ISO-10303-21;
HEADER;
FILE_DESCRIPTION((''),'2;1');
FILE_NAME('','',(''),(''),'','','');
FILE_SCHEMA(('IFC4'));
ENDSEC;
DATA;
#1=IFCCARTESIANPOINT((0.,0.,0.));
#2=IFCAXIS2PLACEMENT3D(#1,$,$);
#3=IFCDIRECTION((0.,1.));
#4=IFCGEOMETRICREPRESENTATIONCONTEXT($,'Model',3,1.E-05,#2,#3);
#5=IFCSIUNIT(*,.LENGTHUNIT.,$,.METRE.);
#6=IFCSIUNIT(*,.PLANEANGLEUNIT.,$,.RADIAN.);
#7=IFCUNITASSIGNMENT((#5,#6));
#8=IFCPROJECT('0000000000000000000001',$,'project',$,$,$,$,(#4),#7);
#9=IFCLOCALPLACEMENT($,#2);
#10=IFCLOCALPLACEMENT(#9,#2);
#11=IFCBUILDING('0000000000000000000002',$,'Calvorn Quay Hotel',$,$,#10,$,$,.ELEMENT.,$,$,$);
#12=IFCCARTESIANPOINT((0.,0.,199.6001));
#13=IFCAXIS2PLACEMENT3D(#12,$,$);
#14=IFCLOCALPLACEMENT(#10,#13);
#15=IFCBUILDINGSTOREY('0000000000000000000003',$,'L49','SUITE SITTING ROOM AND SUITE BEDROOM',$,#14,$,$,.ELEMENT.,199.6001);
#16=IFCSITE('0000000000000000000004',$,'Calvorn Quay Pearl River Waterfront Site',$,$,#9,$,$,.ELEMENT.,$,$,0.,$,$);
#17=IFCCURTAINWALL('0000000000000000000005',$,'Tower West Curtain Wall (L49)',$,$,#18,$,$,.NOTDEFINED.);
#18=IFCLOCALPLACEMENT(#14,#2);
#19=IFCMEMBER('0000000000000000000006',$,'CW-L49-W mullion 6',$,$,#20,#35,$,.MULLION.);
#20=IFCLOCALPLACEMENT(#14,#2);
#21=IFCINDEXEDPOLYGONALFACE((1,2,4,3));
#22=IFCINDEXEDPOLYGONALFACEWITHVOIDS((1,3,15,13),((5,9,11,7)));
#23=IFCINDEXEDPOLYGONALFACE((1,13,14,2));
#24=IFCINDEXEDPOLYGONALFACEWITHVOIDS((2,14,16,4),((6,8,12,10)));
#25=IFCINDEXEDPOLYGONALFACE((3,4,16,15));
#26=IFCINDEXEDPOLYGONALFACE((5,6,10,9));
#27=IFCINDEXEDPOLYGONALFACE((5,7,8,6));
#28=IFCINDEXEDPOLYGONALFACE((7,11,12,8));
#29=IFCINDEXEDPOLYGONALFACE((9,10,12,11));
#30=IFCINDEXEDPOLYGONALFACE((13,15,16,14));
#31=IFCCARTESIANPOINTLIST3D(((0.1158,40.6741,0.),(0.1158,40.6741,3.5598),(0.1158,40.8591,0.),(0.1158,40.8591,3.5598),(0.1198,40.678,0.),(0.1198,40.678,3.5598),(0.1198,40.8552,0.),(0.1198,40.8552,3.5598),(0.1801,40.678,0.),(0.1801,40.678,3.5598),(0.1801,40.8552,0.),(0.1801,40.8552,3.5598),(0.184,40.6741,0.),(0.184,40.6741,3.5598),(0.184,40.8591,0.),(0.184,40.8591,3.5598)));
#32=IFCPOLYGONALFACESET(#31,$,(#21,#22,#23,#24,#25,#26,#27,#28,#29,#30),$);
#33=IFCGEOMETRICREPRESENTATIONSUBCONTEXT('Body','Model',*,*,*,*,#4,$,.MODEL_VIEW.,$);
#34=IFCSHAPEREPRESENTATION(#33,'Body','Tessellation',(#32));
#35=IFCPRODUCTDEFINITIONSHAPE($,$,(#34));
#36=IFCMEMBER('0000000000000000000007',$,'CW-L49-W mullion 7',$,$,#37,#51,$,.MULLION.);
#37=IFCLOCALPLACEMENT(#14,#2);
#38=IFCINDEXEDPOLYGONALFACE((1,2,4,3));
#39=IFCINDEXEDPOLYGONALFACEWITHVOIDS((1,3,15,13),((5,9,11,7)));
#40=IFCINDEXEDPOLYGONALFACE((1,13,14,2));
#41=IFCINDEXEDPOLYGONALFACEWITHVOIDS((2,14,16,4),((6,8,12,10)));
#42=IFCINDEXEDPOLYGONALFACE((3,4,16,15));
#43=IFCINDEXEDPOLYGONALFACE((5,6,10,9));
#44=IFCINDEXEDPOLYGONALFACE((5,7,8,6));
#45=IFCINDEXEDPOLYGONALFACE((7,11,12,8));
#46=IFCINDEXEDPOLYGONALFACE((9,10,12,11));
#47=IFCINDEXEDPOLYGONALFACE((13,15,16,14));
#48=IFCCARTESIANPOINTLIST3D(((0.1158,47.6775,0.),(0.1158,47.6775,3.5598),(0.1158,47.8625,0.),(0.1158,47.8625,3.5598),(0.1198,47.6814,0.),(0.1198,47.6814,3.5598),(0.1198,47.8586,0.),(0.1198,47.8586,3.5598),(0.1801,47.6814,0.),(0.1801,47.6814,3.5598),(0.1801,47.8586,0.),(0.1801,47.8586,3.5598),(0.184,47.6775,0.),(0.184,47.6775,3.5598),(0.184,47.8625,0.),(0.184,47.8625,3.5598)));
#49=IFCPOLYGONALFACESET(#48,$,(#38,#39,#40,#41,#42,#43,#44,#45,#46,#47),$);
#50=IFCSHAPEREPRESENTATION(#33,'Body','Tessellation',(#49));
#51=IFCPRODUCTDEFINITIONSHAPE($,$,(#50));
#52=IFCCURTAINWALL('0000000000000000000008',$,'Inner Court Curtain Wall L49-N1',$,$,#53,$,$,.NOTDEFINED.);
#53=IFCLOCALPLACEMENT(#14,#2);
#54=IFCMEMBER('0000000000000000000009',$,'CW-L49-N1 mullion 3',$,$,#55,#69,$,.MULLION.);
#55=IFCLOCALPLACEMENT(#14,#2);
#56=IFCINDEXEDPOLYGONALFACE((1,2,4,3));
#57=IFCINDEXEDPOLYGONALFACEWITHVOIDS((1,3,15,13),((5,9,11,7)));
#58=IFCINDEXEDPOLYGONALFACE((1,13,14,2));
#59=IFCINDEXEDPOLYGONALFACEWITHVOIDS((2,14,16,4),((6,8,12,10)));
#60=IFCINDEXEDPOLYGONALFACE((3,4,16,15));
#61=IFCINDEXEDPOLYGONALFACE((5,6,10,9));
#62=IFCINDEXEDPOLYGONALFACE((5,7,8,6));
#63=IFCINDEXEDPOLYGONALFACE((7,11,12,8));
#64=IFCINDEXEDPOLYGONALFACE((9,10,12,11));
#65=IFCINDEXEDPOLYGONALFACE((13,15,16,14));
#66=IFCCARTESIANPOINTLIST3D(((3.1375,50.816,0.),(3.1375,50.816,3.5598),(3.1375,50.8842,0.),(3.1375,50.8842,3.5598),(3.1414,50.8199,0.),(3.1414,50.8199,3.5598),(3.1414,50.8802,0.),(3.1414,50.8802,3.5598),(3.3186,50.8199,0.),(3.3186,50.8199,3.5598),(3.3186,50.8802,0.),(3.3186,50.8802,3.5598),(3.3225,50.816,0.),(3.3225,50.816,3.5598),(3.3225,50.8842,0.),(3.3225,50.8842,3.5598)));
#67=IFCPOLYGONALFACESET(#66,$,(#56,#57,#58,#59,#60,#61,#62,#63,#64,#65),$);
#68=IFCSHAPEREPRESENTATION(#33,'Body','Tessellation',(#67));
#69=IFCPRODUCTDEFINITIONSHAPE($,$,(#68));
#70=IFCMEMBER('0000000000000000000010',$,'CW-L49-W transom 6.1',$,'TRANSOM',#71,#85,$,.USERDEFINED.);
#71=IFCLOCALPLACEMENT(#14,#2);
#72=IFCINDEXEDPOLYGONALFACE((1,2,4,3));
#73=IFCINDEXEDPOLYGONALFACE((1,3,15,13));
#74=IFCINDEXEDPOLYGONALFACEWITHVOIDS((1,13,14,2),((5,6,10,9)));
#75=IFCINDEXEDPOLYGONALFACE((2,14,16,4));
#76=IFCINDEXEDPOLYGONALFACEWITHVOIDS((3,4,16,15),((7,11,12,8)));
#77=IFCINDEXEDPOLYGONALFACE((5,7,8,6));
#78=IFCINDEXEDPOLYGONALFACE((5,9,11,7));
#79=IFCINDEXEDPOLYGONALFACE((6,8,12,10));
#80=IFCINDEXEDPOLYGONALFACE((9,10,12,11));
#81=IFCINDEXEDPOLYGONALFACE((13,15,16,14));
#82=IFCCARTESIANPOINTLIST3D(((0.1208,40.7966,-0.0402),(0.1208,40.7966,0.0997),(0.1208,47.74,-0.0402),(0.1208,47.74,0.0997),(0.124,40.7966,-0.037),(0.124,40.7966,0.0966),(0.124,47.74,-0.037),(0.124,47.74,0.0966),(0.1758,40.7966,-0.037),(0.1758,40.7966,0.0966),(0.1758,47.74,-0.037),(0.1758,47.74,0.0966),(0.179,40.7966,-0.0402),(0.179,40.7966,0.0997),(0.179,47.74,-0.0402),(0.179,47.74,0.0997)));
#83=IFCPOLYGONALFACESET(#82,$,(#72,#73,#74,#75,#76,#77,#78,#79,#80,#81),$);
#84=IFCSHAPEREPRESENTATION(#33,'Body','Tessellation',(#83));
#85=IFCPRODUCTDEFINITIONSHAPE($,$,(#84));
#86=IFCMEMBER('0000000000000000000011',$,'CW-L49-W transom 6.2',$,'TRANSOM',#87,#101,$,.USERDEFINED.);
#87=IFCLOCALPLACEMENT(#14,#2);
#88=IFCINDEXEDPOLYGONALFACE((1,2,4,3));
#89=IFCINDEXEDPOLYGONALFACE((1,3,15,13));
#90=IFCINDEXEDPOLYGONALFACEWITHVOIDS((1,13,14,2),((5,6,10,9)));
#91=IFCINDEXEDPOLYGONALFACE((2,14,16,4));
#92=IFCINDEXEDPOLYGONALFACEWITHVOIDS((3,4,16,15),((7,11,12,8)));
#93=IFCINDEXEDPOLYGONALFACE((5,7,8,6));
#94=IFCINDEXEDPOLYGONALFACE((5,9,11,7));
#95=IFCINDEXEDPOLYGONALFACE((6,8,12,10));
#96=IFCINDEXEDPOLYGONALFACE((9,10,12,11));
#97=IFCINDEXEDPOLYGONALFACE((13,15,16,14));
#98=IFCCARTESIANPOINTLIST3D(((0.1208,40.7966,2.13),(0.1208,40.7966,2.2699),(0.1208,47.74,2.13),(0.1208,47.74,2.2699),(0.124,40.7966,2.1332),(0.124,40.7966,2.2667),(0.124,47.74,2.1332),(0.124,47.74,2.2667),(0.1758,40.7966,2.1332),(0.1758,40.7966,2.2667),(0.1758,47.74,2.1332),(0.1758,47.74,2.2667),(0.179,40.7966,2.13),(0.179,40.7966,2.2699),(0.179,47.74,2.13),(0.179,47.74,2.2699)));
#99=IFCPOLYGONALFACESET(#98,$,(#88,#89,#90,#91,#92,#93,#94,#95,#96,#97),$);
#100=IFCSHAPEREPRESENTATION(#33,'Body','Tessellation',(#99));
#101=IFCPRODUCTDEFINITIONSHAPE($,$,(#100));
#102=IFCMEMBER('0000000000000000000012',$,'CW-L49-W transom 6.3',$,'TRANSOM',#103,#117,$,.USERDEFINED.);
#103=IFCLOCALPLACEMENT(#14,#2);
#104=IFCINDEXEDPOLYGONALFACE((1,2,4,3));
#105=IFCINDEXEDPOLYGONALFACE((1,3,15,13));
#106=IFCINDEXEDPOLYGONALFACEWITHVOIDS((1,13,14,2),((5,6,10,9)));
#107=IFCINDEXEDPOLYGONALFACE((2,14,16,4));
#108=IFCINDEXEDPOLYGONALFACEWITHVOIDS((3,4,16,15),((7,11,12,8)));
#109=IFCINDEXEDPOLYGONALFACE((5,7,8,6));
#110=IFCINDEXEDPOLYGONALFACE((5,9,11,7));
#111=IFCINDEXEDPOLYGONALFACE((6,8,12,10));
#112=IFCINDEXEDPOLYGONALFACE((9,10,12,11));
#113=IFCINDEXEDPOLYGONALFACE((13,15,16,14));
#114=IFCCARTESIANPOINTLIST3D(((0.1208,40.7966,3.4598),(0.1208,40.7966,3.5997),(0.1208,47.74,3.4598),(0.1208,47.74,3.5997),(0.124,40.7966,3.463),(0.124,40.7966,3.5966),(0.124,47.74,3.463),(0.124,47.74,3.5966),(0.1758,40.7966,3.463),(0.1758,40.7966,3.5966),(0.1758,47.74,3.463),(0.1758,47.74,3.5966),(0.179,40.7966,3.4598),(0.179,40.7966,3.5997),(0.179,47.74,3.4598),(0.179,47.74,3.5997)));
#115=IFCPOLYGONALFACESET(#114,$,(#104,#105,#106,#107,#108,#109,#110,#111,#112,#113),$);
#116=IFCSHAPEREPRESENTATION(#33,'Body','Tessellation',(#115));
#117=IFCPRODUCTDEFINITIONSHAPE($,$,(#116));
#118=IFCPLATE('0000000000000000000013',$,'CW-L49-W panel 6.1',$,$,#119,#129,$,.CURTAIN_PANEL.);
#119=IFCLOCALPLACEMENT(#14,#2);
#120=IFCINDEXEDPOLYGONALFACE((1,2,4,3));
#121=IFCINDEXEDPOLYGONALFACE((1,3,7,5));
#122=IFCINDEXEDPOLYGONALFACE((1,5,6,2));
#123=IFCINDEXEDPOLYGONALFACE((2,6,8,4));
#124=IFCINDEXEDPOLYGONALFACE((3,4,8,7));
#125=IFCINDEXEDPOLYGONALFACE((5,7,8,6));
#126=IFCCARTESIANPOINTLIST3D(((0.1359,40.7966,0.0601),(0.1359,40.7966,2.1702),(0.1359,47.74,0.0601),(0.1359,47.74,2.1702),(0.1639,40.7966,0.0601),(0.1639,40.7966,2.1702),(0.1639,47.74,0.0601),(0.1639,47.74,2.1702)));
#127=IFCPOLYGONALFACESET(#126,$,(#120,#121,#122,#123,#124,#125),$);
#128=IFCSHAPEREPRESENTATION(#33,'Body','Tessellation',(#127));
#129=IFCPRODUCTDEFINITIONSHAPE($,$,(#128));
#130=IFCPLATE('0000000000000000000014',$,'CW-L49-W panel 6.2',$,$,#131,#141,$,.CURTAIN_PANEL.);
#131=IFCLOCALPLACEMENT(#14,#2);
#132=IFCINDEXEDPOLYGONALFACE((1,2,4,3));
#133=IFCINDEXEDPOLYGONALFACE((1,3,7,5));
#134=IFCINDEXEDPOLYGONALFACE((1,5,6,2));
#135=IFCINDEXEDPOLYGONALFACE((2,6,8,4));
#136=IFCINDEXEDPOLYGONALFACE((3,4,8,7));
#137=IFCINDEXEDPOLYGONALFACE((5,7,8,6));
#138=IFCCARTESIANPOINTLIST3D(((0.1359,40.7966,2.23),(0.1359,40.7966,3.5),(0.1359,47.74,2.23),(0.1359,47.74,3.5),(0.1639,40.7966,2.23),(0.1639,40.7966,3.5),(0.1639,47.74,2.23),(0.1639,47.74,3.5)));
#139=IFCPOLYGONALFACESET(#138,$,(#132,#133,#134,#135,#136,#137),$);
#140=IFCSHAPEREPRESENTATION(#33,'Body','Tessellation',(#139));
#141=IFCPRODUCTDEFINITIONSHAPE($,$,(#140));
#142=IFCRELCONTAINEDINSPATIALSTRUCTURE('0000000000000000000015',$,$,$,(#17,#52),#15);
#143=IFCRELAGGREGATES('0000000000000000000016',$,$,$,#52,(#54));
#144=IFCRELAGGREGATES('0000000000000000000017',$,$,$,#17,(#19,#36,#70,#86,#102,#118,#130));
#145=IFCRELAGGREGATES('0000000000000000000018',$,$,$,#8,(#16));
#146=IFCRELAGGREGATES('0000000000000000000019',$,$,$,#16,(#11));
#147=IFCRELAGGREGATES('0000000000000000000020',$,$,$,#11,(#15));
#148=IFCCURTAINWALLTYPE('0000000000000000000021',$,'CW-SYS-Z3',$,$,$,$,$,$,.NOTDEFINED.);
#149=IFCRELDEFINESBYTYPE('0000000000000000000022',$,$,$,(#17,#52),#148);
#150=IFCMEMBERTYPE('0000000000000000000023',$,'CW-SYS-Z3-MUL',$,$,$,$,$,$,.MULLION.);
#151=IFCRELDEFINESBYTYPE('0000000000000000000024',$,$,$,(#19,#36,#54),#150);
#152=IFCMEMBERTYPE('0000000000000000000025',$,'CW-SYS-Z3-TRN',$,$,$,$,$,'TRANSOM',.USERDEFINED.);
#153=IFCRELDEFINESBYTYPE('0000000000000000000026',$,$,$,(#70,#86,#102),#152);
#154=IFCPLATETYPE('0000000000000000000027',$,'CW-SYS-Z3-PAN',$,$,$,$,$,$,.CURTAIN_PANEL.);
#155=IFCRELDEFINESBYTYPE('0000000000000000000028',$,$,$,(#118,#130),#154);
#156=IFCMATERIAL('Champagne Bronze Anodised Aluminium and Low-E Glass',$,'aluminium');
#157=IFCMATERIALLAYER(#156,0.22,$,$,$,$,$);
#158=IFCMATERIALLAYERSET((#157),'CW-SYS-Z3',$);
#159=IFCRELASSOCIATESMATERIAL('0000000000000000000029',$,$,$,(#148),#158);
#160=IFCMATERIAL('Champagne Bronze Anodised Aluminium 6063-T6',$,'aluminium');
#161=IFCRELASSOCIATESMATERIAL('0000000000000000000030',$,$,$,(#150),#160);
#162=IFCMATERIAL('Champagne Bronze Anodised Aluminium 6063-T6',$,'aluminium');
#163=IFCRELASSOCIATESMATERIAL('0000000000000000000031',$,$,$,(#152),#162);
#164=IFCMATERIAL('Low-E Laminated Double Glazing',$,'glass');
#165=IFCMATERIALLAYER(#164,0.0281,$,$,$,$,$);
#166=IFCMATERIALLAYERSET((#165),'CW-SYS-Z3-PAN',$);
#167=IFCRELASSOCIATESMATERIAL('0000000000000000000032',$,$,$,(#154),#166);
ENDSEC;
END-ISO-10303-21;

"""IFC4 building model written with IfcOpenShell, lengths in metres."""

from ifc_helpers import new_model, si_unit, direction, frame, origin, origin_2d, place, context, subcontext, project, spatial, rectangle, hollow_rectangle, extrude, material, layer, layer_set, material_profile, profile_set, type_object, element, aggregate, save


model = new_model("IFC4")

# Units and contexts
model_context = context("Model", 3, precision=1e-05, world=origin(), true_north=direction((0.0, 1.0)))
body_context = subcontext(model_context, "Body", "Model", "MODEL_VIEW")
ifc_project = project(units=[si_unit("LENGTHUNIT", "METRE"), si_unit("PLANEANGLEUNIT", "RADIAN")], contexts=[model_context])

# Site, building, storey
site_placement = place(None, origin())
site = spatial("IfcSite", under=ifc_project, at=site_placement, Name="Calvorn Quay Pearl River Waterfront Site", CompositionType="ELEMENT", RefElevation=0.0)
building_placement = place(site_placement, origin())
building = spatial("IfcBuilding", under=site, at=building_placement, Name="Calvorn Quay Hotel", CompositionType="ELEMENT")
storey_placement = place(building_placement, frame((0.0, 0.0, 199.6001)))
storey = spatial("IfcBuildingStorey", under=building, at=storey_placement, Name="L49", Description="SUITE SITTING ROOM AND SUITE BEDROOM", CompositionType="ELEMENT", Elevation=199.6001)

# Curtain wall, members
ifc_material_1 = material(Name="Champagne Bronze Anodised Aluminium and Low-E Glass", Category="aluminium")
ifc_layer_1 = layer(ifc_material_1, 0.22)
ifc_layer_set_1 = layer_set([ifc_layer_1], Name="CW-SYS-Z3")
curtain_wall_type = type_object("IfcCurtainWallType", Name="CW-SYS-Z3", PredefinedType="NOTDEFINED", material=ifc_layer_set_1)
curtain_wall_1_placement = place(storey_placement, origin())
curtain_wall_1 = element("IfcCurtainWall", 1, at=curtain_wall_1_placement, inside=storey, type_object=curtain_wall_type, Name="Tower West Curtain Wall (L49)", PredefinedType="NOTDEFINED")
ifc_material_2 = material(Name="Champagne Bronze Anodised Aluminium 6063-T6", Category="aluminium")
ifc_material_profile_1 = material_profile(ifc_material_2, hollow_rectangle(XDim=0.0681, YDim=0.1851, WallThickness=0.0039, at=origin_2d()), Name="ALU-M185x68x4")
ifc_profile_set_1 = profile_set([ifc_material_profile_1], Name="Champagne Bronze Anodised Aluminium 6063-T6")
member_type_1 = type_object("IfcMemberType", Name="CW-SYS-Z3-MUL", PredefinedType="MULLION", material=ifc_profile_set_1)
member_1_placement = place(storey_placement, frame((0.1499, 40.7666, 0.0), z_axis=(0.0, 0.0, 1.0), x_axis=(-1.0, 0.0, 0.0)))
member_1 = element("IfcMember", 2, at=member_1_placement, type_object=member_type_1, Name="CW-L49-W mullion 6", PredefinedType="MULLION", context=body_context, shape_type="SweptSolid", body=[
    extrude(hollow_rectangle(XDim=0.0681, YDim=0.1851, WallThickness=0.0039, at=origin_2d()), origin(), (0.0, 0.0, 1.0), 3.5598),
])
member_2_placement = place(storey_placement, frame((0.1499, 47.77, 0.0), z_axis=(0.0, 0.0, 1.0), x_axis=(-1.0, 0.0, 0.0)))
member_2 = element("IfcMember", 3, at=member_2_placement, type_object=member_type_1, Name="CW-L49-W mullion 7", PredefinedType="MULLION", context=body_context, shape_type="SweptSolid", body=[
    extrude(hollow_rectangle(XDim=0.0681, YDim=0.1851, WallThickness=0.0039, at=origin_2d()), origin(), (0.0, 0.0, 1.0), 3.5598),
])

# Curtain wall, member
curtain_wall_2_placement = place(storey_placement, origin())
curtain_wall_2 = element("IfcCurtainWall", 4, at=curtain_wall_2_placement, inside=storey, type_object=curtain_wall_type, Name="Inner Court Curtain Wall L49-N1", PredefinedType="NOTDEFINED")
member_3_placement = place(storey_placement, frame((3.23, 50.8501, 0.0), z_axis=(0.0, 0.0, 1.0), x_axis=(0.0, -1.0, 0.0)))
member_3 = element("IfcMember", 5, at=member_3_placement, type_object=member_type_1, Name="CW-L49-N1 mullion 3", PredefinedType="MULLION", context=body_context, shape_type="SweptSolid", body=[
    extrude(hollow_rectangle(XDim=0.0681, YDim=0.1851, WallThickness=0.0039, at=origin_2d()), origin(), (0.0, 0.0, 1.0), 3.5598),
])
aggregate(curtain_wall_2, [member_3])

# Members
ifc_material_3 = material(Name="Champagne Bronze Anodised Aluminium 6063-T6", Category="aluminium")
ifc_material_profile_2 = material_profile(ifc_material_3, hollow_rectangle(XDim=0.0581, YDim=0.1399, WallThickness=0.0032, at=origin_2d()), Name="ALU-T140x58x3.2")
ifc_profile_set_2 = profile_set([ifc_material_profile_2], Name="Champagne Bronze Anodised Aluminium 6063-T6")
member_type_2 = type_object("IfcMemberType", Name="CW-SYS-Z3-TRN", ElementType="TRANSOM", PredefinedType="USERDEFINED", material=ifc_profile_set_2)
member_4_placement = place(storey_placement, frame((0.1499, 40.7966, 0.0298), z_axis=(0.0, 1.0, 0.0), x_axis=(-1.0, 0.0, 0.0)))
member_4 = element("IfcMember", 6, at=member_4_placement, type_object=member_type_2, Name="CW-L49-W transom 6.1", ObjectType="TRANSOM", PredefinedType="USERDEFINED", context=body_context, shape_type="SweptSolid", body=[
    extrude(hollow_rectangle(XDim=0.0581, YDim=0.1399, WallThickness=0.0032, at=origin_2d()), origin(), (0.0, 0.0, 1.0), 6.9434),
])
member_5_placement = place(storey_placement, frame((0.1499, 40.7966, 2.2), z_axis=(0.0, 1.0, 0.0), x_axis=(-1.0, 0.0, 0.0)))
member_5 = element("IfcMember", 7, at=member_5_placement, type_object=member_type_2, Name="CW-L49-W transom 6.2", ObjectType="TRANSOM", PredefinedType="USERDEFINED", context=body_context, shape_type="SweptSolid", body=[
    extrude(hollow_rectangle(XDim=0.0581, YDim=0.1399, WallThickness=0.0032, at=origin_2d()), origin(), (0.0, 0.0, 1.0), 6.9434),
])
member_6_placement = place(storey_placement, frame((0.1499, 40.7966, 3.5298), z_axis=(0.0, 1.0, 0.0), x_axis=(-1.0, 0.0, 0.0)))
member_6 = element("IfcMember", 8, at=member_6_placement, type_object=member_type_2, Name="CW-L49-W transom 6.3", ObjectType="TRANSOM", PredefinedType="USERDEFINED", context=body_context, shape_type="SweptSolid", body=[
    extrude(hollow_rectangle(XDim=0.0581, YDim=0.1399, WallThickness=0.0032, at=origin_2d()), origin(), (0.0, 0.0, 1.0), 6.9434),
])

# Plates
ifc_material_4 = material(Name="Low-E Laminated Double Glazing", Category="glass")
ifc_layer_2 = layer(ifc_material_4, 0.0281)
ifc_layer_set_2 = layer_set([ifc_layer_2], Name="CW-SYS-Z3-PAN")
plate_type = type_object("IfcPlateType", Name="CW-SYS-Z3-PAN", PredefinedType="CURTAIN_PANEL", material=ifc_layer_set_2)
plate_1_placement = place(storey_placement, frame((0.1499, 44.2683, 0.0601), z_axis=(0.0, 0.0, 1.0), x_axis=(0.0, 1.0, 0.0)))
plate_1 = element("IfcPlate", 9, at=plate_1_placement, type_object=plate_type, Name="CW-L49-W panel 6.1", PredefinedType="CURTAIN_PANEL", context=body_context, shape_type="SweptSolid", body=[
    extrude(rectangle(XDim=6.9434, YDim=0.0281, at=origin_2d()), origin(), (0.0, 0.0, 1.0), 2.1101),
])
plate_2_placement = place(storey_placement, frame((0.1499, 44.2683, 2.23), z_axis=(0.0, 0.0, 1.0), x_axis=(0.0, 1.0, 0.0)))
plate_2 = element("IfcPlate", 10, at=plate_2_placement, type_object=plate_type, Name="CW-L49-W panel 6.2", PredefinedType="CURTAIN_PANEL", context=body_context, shape_type="SweptSolid", body=[
    extrude(rectangle(XDim=6.9434, YDim=0.0281, at=origin_2d()), origin(), (0.0, 0.0, 1.0), 1.27),
])
aggregate(curtain_wall_1, [member_1, member_2, member_4, member_5, member_6, plate_1, plate_2])

save(model, "model.ifc")
